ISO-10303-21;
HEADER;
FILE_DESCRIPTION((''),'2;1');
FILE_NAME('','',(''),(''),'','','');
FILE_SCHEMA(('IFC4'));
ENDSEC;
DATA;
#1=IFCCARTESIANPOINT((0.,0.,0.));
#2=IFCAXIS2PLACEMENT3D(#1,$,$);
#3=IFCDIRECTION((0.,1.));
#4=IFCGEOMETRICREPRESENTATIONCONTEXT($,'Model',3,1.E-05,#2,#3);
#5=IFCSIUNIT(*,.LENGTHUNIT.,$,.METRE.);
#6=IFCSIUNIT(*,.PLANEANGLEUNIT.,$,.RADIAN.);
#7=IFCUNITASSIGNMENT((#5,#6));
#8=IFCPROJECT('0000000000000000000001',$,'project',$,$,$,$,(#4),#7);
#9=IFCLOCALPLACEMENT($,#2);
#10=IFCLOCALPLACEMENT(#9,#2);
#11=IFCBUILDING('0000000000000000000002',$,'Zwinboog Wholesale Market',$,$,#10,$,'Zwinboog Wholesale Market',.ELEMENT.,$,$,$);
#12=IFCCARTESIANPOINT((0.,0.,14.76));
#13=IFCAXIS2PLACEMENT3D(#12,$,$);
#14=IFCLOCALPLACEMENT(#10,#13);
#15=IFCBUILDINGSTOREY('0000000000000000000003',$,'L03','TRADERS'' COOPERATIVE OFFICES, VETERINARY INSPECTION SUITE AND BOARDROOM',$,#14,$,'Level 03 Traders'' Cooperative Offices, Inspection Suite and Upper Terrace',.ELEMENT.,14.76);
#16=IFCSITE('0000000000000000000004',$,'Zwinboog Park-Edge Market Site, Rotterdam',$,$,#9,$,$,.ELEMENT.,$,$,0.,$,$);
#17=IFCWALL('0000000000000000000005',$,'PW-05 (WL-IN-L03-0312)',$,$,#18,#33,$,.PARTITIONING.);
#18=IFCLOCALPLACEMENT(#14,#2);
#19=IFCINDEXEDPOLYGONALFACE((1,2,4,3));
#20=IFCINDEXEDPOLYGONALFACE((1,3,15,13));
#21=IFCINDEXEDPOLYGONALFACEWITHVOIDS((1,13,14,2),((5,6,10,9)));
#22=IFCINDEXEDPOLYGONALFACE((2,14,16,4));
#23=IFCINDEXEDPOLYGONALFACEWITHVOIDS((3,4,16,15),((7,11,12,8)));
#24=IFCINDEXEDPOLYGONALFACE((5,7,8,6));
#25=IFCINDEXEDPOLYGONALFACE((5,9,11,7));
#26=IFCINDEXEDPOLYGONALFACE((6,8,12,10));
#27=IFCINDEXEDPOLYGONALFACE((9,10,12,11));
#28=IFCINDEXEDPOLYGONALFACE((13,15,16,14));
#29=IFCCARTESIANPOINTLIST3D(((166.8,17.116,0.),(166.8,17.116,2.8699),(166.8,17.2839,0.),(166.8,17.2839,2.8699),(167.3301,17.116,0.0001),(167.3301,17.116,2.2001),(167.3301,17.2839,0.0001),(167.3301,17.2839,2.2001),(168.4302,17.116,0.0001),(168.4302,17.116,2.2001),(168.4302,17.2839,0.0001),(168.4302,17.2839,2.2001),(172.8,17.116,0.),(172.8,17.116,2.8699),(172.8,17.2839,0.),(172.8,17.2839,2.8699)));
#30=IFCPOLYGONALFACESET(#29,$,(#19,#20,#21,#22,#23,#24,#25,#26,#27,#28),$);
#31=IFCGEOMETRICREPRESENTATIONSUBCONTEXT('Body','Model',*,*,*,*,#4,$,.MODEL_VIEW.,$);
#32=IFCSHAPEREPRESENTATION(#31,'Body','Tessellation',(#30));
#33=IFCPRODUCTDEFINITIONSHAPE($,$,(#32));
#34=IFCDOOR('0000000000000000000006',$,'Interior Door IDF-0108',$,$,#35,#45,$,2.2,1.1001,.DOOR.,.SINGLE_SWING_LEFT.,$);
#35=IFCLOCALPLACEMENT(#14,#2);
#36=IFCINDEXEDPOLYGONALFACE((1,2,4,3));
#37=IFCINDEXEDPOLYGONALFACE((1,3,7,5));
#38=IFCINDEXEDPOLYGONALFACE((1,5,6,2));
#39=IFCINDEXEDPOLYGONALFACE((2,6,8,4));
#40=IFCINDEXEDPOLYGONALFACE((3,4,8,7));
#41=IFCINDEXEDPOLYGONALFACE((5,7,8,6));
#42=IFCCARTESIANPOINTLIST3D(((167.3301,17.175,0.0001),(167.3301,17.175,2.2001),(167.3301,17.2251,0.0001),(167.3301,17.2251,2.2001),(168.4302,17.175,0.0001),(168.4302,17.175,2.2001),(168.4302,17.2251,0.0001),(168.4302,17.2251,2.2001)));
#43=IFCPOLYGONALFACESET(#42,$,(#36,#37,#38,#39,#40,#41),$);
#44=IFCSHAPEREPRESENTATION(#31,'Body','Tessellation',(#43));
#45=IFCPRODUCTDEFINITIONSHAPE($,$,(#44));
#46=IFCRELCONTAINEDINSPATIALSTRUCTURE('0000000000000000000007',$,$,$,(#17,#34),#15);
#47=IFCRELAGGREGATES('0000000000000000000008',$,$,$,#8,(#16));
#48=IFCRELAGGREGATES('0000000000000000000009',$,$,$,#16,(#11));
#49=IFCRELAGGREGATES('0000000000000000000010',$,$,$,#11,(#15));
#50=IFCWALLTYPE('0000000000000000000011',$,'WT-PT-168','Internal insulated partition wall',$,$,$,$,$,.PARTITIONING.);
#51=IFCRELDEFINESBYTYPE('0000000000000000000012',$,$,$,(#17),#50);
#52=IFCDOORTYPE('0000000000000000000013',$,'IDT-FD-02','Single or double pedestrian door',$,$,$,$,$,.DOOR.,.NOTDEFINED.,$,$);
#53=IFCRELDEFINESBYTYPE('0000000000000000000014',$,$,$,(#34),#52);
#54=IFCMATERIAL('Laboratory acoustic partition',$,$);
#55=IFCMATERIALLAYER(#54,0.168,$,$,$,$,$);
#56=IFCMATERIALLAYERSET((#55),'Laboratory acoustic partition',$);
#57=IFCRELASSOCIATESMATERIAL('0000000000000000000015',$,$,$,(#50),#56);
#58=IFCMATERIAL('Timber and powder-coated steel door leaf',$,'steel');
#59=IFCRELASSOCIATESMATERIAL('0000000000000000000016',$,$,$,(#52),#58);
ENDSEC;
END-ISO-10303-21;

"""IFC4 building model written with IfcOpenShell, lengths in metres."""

from ifc_helpers import new_model, si_unit, direction, frame, frame_2d, origin, place, context, subcontext, project, spatial, rectangle, extrude, material, layer, layer_set, type_object, element, fill, save


model = new_model("IFC4")

# Units and contexts
model_context = context("Model", 3, precision=1e-05, world=origin(), true_north=direction((0.0, 1.0)))
body_context = subcontext(model_context, "Body", "Model", "MODEL_VIEW")
ifc_project = project(units=[si_unit("LENGTHUNIT", "METRE"), si_unit("PLANEANGLEUNIT", "RADIAN")], contexts=[model_context])

# Site, building, storey
site_placement = place(None, origin())
site = spatial("IfcSite", under=ifc_project, at=site_placement, Name="Zwinboog Park-Edge Market Site, Rotterdam", CompositionType="ELEMENT", RefElevation=0.0)
building_placement = place(site_placement, origin())
building = spatial("IfcBuilding", under=site, at=building_placement, Name="Zwinboog Wholesale Market", LongName="Zwinboog Wholesale Market", CompositionType="ELEMENT")
storey_placement = place(building_placement, frame((0.0, 0.0, 14.76)))
storey = spatial("IfcBuildingStorey", under=building, at=storey_placement, Name="L03", Description="TRADERS' COOPERATIVE OFFICES, VETERINARY INSPECTION SUITE AND BOARDROOM", LongName="Level 03 Traders' Cooperative Offices, Inspection Suite and Upper Terrace", CompositionType="ELEMENT", Elevation=14.76)

# Shared definitions
ifc_material_1 = material(Name="Timber and powder-coated steel door leaf", Category="steel")

# Wall, opening, door
ifc_material_2 = material(Name="Laboratory acoustic partition")
ifc_layer_1 = layer(ifc_material_2, 0.168)
ifc_layer_set_1 = layer_set([ifc_layer_1], Name="Laboratory acoustic partition")
wall_type_1 = type_object("IfcWallType", Name="WT-PT-168", Description="Internal insulated partition wall", PredefinedType="PARTITIONING", material=ifc_layer_set_1)
wall_1_placement = place(storey_placement, frame((166.8, 17.2, 0.0), z_axis=(0.0, 0.0, 1.0), x_axis=(1.0, 0.0, 0.0)))
wall_1 = element("IfcWall", 1, at=wall_1_placement, inside=storey, type_object=wall_type_1, Name="PW-05 (WL-IN-L03-0312)", PredefinedType="PARTITIONING", context=body_context, shape_type="SweptSolid", body=[
    extrude(rectangle(XDim=6.0, YDim=0.168, at=frame_2d((3.0, 0.0))), origin(), (0.0, 0.0, 1.0), 2.8699),
])
opening_1_placement = place(wall_1_placement, frame((0.53, 0.0, 0.0)))
opening_1 = element("IfcOpeningElement", 2, at=opening_1_placement, cuts=wall_1, PredefinedType="OPENING", context=body_context, shape_type="SweptSolid", body=[
    extrude(rectangle(XDim=1.1001, YDim=2.2, at=frame_2d((0.55, 1.1001))), frame((0.0, 0.094, 0.0), z_axis=(0.0, -1.0, 0.0), x_axis=(1.0, 0.0, 0.0)), (0.0, 0.0, 1.0), 0.188),
])
door_type_1 = type_object("IfcDoorType", Name="IDT-FD-02", Description="Single or double pedestrian door", OperationType="NOTDEFINED", PredefinedType="DOOR", material=ifc_material_1)
door_1_placement = place(opening_1_placement, frame((1.1001, 0.0, 0.0), z_axis=(0.0, 0.0, 1.0), x_axis=(-1.0, 0.0, 0.0)))
door_1 = element("IfcDoor", 3, at=door_1_placement, inside=storey, type_object=door_type_1, Name="Interior Door IDF-0108", OperationType="SINGLE_SWING_LEFT", OverallHeight=2.2, OverallWidth=1.1001, PredefinedType="DOOR", context=body_context, shape_type="SweptSolid", body=[
    extrude(rectangle(XDim=1.1001, YDim=2.2, at=frame_2d((0.55, 1.1001))), frame((0.0, 0.0249, 0.0), z_axis=(0.0, -1.0, 0.0), x_axis=(1.0, 0.0, 0.0)), (0.0, 0.0, 1.0), 0.05),
])
fill(opening_1, door_1)

save(model, "model.ifc")
